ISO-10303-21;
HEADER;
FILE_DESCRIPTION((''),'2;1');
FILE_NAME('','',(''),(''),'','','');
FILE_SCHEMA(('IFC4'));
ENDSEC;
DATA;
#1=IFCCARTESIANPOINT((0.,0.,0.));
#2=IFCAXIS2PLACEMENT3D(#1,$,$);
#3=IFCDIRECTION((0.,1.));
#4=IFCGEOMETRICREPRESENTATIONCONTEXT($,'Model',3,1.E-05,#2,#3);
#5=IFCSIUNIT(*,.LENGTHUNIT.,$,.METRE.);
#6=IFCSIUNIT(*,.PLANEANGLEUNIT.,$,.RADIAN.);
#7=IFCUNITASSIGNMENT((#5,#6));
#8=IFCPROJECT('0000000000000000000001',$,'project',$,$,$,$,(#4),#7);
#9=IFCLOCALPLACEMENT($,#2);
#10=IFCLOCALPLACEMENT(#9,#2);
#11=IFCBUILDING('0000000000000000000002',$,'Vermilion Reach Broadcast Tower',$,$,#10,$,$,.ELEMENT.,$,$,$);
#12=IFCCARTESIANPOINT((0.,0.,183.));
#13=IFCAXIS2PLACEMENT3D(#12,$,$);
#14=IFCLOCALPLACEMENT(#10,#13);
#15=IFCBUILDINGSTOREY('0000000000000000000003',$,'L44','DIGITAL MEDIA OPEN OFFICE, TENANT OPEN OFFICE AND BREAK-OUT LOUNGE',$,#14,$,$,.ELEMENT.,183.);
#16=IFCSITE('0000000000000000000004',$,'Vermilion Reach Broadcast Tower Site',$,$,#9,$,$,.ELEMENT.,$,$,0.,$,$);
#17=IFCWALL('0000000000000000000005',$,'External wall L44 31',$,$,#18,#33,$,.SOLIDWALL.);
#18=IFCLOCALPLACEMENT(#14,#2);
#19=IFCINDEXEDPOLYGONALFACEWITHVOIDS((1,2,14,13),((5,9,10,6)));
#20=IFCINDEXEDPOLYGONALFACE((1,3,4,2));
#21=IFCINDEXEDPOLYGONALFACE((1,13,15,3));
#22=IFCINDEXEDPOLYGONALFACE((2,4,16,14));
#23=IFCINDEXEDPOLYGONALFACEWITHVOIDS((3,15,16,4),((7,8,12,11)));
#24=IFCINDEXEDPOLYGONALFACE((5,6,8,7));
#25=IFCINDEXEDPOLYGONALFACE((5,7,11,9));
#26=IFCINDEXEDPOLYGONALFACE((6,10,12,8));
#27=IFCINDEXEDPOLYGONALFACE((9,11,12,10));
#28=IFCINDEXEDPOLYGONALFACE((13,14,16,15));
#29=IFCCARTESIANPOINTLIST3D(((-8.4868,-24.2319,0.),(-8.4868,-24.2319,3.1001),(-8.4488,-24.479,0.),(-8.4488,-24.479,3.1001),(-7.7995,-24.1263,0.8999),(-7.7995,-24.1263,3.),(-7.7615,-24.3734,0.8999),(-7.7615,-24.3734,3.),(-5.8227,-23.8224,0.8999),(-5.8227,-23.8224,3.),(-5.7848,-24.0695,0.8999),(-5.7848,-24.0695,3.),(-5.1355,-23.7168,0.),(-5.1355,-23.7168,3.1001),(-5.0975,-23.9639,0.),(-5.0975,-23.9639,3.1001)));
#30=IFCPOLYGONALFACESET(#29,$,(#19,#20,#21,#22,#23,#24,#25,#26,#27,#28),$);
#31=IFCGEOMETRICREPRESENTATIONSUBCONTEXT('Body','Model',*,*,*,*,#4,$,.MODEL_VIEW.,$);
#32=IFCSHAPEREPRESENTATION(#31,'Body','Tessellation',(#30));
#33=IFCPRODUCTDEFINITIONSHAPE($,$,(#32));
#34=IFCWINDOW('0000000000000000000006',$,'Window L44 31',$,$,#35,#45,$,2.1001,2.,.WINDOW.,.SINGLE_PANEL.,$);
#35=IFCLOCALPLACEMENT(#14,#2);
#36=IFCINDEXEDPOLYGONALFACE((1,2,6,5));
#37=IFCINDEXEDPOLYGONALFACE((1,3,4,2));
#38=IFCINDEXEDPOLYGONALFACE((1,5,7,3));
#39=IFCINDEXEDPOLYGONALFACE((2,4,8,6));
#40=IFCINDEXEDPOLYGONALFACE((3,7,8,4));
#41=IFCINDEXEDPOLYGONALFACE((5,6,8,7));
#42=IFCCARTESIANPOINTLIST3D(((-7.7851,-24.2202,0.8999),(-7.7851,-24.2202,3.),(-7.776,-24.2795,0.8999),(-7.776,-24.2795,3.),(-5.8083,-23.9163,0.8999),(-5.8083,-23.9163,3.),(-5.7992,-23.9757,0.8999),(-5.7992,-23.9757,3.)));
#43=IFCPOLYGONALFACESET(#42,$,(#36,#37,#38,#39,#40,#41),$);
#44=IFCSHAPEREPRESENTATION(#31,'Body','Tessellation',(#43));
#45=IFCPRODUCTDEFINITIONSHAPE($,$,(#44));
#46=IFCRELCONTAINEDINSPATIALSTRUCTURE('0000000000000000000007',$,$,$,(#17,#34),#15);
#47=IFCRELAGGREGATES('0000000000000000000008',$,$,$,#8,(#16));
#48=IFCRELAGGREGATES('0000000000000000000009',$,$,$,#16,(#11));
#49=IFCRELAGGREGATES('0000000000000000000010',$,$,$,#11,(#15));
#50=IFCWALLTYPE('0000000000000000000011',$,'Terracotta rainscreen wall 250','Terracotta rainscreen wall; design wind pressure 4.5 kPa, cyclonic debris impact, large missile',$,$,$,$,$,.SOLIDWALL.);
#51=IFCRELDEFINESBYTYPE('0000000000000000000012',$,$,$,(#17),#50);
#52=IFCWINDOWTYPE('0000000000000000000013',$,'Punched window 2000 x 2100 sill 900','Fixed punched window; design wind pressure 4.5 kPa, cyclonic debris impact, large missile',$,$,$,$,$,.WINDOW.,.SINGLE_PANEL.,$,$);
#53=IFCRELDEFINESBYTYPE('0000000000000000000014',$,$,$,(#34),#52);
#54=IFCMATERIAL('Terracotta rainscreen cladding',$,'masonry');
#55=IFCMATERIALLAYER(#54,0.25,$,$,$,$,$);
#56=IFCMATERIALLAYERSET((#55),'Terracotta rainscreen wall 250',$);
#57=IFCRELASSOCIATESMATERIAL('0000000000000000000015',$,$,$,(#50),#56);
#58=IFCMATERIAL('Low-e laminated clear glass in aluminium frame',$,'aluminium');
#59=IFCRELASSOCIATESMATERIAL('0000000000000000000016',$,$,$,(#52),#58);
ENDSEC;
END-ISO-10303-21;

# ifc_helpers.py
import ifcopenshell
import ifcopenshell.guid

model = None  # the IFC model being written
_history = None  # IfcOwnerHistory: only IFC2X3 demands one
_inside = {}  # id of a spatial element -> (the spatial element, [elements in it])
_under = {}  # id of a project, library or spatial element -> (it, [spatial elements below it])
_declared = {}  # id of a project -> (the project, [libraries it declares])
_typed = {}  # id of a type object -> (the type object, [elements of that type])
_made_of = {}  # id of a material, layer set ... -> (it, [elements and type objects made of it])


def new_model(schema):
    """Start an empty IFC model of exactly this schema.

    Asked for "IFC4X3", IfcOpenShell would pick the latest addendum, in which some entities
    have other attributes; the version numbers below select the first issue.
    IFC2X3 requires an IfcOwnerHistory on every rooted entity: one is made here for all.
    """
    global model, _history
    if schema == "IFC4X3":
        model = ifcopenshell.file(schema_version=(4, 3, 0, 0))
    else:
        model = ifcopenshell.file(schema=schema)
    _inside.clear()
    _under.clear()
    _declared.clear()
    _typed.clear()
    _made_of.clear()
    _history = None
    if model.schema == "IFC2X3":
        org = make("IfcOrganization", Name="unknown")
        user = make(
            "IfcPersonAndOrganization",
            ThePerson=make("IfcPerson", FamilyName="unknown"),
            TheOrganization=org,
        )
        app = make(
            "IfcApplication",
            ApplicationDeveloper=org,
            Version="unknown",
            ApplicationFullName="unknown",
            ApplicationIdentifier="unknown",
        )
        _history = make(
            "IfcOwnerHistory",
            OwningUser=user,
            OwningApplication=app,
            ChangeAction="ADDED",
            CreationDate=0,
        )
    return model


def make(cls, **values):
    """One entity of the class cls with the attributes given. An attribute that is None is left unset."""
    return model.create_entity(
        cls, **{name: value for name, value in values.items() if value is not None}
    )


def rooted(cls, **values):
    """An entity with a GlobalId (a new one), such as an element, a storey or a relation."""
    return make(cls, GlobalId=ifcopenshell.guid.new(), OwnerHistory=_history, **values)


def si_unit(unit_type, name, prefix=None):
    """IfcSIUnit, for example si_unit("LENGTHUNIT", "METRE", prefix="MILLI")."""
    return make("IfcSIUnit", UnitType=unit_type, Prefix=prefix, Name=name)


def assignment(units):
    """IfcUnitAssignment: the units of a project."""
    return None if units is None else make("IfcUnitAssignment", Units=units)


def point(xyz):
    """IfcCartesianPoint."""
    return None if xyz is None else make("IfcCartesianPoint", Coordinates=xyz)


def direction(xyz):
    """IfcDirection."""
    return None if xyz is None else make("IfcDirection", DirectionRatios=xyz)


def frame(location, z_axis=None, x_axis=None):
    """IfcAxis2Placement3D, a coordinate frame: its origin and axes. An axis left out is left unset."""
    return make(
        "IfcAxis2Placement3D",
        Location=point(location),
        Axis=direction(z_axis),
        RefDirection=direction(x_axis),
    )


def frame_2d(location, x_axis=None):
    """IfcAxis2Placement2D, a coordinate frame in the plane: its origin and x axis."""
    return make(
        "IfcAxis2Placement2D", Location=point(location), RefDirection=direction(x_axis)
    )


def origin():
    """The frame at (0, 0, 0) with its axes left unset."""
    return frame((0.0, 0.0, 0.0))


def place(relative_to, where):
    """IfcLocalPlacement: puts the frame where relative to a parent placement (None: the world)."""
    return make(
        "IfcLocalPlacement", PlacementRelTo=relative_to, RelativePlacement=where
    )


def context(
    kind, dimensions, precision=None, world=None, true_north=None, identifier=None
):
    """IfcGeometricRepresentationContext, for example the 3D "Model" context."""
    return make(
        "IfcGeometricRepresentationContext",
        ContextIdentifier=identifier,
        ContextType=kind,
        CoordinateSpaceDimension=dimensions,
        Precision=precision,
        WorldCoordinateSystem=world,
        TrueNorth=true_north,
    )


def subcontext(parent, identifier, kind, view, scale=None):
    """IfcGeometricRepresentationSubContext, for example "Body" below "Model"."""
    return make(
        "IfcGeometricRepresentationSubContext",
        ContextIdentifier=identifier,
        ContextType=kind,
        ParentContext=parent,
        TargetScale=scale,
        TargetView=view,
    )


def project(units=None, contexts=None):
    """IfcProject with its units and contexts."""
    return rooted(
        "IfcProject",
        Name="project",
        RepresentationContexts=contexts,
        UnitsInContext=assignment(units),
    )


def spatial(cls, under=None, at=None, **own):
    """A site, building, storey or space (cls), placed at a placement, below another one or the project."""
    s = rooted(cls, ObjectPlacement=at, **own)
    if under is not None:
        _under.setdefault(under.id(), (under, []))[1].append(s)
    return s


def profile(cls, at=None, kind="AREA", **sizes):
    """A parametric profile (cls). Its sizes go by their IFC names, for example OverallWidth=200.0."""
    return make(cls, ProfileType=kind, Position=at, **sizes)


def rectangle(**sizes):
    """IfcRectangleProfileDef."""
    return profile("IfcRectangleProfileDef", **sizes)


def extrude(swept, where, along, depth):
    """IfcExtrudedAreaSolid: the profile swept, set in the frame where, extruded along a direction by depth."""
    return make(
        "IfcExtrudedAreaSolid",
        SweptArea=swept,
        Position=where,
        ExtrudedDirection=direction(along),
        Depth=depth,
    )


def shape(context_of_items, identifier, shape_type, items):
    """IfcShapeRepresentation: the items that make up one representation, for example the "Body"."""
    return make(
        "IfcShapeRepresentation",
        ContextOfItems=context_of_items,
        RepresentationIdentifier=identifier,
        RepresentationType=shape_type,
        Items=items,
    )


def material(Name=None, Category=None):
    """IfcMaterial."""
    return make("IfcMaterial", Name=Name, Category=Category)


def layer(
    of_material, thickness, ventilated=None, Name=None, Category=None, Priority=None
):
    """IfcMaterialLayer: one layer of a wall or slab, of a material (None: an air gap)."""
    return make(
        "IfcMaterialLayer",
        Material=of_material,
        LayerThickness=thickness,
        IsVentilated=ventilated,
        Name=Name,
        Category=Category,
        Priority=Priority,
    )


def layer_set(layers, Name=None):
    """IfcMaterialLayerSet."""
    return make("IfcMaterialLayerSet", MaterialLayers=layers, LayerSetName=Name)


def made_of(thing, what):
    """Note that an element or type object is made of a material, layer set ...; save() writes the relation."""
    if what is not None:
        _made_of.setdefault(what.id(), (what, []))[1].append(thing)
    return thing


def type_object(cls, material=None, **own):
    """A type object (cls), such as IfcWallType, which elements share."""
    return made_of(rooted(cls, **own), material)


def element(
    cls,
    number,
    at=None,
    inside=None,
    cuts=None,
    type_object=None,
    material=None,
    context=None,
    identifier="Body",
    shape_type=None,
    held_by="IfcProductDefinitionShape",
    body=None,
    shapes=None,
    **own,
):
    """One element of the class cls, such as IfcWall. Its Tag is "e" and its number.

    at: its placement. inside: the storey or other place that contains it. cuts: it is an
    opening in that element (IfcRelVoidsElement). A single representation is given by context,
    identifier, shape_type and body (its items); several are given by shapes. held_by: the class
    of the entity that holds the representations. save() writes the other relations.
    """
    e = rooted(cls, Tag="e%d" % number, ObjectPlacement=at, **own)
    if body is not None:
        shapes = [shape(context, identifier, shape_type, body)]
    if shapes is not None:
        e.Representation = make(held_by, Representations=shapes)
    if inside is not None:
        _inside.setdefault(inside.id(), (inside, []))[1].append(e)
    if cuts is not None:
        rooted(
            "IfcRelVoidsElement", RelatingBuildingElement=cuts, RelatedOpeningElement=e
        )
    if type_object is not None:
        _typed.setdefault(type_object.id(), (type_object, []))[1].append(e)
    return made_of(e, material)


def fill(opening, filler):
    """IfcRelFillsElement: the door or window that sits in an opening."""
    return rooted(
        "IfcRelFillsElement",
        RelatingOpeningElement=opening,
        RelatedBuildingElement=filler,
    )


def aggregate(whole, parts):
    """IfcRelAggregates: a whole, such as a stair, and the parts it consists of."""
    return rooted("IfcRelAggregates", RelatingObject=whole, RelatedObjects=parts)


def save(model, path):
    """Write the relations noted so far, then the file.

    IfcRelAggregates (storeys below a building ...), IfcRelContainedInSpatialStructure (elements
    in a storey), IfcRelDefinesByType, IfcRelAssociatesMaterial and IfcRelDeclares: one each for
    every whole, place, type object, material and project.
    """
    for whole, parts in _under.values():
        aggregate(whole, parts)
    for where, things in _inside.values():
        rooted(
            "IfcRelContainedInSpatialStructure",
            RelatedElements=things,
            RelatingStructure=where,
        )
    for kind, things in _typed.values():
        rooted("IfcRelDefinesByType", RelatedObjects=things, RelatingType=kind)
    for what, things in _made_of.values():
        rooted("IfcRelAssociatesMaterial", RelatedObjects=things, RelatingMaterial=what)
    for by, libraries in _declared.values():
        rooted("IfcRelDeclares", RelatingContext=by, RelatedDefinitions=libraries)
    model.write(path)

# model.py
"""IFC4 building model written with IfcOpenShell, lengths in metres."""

from ifc_helpers import new_model, si_unit, direction, frame, frame_2d, origin, place, context, subcontext, project, spatial, rectangle, extrude, material, layer, layer_set, type_object, element, fill, save


model = new_model("IFC4")

# Units and contexts
model_context = context("Model", 3, precision=1e-05, world=origin(), true_north=direction((0.0, 1.0)))
body_context = subcontext(model_context, "Body", "Model", "MODEL_VIEW")
ifc_project = project(units=[si_unit("LENGTHUNIT", "METRE"), si_unit("PLANEANGLEUNIT", "RADIAN")], contexts=[model_context])

# Site, building, storey
site_placement = place(None, origin())
site = spatial("IfcSite", under=ifc_project, at=site_placement, Name="Vermilion Reach Broadcast Tower Site", CompositionType="ELEMENT", RefElevation=0.0)
building_placement = place(site_placement, origin())
building = spatial("IfcBuilding", under=site, at=building_placement, Name="Vermilion Reach Broadcast Tower", CompositionType="ELEMENT")
storey_placement = place(building_placement, frame((0.0, 0.0, 183.0)))
storey = spatial("IfcBuildingStorey", under=building, at=storey_placement, Name="L44", Description="DIGITAL MEDIA OPEN OFFICE, TENANT OPEN OFFICE AND BREAK-OUT LOUNGE", CompositionType="ELEMENT", Elevation=183.0)

# Shared definitions
ifc_material_1 = material(Name="Terracotta rainscreen cladding", Category="masonry")
ifc_layer_1 = layer(ifc_material_1, 0.25)
ifc_layer_set_1 = layer_set([ifc_layer_1], Name="Terracotta rainscreen wall 250")
wall_type_1 = type_object("IfcWallType", Name="Terracotta rainscreen wall 250", Description="Terracotta rainscreen wall; design wind pressure 4.5 kPa, cyclonic debris impact, large missile", PredefinedType="SOLIDWALL", material=ifc_layer_set_1)

# Wall, opening, window
ifc_material_2 = material(Name="Low-e laminated clear glass in aluminium frame", Category="aluminium")
window_type = type_object("IfcWindowType", Name="Punched window 2000 x 2100 sill 900", Description="Fixed punched window; design wind pressure 4.5 kPa, cyclonic debris impact, large missile", PartitioningType="SINGLE_PANEL", PredefinedType="WINDOW", material=ifc_material_2)
wall_1_placement = place(storey_placement, frame((-8.4678, -24.3555, 0.0), z_axis=(0.0, 0.0, 1.0), x_axis=(0.988392, 0.151927, 0.0)))
wall_1 = element("IfcWall", 1, at=wall_1_placement, inside=storey, type_object=wall_type_1, Name="External wall L44 31", PredefinedType="SOLIDWALL", context=body_context, shape_type="SweptSolid", body=[
    extrude(rectangle(XDim=3.3906, YDim=0.25, at=frame_2d((1.6953, 0.0))), origin(), (0.0, 0.0, 1.0), 3.1001),
])
opening_1_placement = place(wall_1_placement, frame((0.6953, 0.0, 0.8999)))
opening_1 = element("IfcOpeningElement", 2, at=opening_1_placement, cuts=wall_1, PredefinedType="OPENING", context=body_context, shape_type="SweptSolid", body=[
    extrude(rectangle(XDim=2.0, YDim=2.1001, at=frame_2d((1.0, 1.05))), frame((0.0, 0.135, 0.0), z_axis=(0.0, -1.0, 0.0), x_axis=(1.0, 0.0, 0.0)), (0.0, 0.0, 1.0), 0.27),
])
window_1_placement = place(opening_1_placement, origin())
window_1 = element("IfcWindow", 3, at=window_1_placement, inside=storey, type_object=window_type, Name="Window L44 31", OverallHeight=2.1001, OverallWidth=2.0, PartitioningType="SINGLE_PANEL", PredefinedType="WINDOW", context=body_context, shape_type="SweptSolid", body=[
    extrude(rectangle(XDim=2.0, YDim=2.1001, at=frame_2d((1.0, 1.05))), frame((0.0, 0.03, 0.0), z_axis=(0.0, -1.0, 0.0), x_axis=(1.0, 0.0, 0.0)), (0.0, 0.0, 1.0), 0.0601),
])
fill(opening_1, window_1)

save(model, "model.ifc")
